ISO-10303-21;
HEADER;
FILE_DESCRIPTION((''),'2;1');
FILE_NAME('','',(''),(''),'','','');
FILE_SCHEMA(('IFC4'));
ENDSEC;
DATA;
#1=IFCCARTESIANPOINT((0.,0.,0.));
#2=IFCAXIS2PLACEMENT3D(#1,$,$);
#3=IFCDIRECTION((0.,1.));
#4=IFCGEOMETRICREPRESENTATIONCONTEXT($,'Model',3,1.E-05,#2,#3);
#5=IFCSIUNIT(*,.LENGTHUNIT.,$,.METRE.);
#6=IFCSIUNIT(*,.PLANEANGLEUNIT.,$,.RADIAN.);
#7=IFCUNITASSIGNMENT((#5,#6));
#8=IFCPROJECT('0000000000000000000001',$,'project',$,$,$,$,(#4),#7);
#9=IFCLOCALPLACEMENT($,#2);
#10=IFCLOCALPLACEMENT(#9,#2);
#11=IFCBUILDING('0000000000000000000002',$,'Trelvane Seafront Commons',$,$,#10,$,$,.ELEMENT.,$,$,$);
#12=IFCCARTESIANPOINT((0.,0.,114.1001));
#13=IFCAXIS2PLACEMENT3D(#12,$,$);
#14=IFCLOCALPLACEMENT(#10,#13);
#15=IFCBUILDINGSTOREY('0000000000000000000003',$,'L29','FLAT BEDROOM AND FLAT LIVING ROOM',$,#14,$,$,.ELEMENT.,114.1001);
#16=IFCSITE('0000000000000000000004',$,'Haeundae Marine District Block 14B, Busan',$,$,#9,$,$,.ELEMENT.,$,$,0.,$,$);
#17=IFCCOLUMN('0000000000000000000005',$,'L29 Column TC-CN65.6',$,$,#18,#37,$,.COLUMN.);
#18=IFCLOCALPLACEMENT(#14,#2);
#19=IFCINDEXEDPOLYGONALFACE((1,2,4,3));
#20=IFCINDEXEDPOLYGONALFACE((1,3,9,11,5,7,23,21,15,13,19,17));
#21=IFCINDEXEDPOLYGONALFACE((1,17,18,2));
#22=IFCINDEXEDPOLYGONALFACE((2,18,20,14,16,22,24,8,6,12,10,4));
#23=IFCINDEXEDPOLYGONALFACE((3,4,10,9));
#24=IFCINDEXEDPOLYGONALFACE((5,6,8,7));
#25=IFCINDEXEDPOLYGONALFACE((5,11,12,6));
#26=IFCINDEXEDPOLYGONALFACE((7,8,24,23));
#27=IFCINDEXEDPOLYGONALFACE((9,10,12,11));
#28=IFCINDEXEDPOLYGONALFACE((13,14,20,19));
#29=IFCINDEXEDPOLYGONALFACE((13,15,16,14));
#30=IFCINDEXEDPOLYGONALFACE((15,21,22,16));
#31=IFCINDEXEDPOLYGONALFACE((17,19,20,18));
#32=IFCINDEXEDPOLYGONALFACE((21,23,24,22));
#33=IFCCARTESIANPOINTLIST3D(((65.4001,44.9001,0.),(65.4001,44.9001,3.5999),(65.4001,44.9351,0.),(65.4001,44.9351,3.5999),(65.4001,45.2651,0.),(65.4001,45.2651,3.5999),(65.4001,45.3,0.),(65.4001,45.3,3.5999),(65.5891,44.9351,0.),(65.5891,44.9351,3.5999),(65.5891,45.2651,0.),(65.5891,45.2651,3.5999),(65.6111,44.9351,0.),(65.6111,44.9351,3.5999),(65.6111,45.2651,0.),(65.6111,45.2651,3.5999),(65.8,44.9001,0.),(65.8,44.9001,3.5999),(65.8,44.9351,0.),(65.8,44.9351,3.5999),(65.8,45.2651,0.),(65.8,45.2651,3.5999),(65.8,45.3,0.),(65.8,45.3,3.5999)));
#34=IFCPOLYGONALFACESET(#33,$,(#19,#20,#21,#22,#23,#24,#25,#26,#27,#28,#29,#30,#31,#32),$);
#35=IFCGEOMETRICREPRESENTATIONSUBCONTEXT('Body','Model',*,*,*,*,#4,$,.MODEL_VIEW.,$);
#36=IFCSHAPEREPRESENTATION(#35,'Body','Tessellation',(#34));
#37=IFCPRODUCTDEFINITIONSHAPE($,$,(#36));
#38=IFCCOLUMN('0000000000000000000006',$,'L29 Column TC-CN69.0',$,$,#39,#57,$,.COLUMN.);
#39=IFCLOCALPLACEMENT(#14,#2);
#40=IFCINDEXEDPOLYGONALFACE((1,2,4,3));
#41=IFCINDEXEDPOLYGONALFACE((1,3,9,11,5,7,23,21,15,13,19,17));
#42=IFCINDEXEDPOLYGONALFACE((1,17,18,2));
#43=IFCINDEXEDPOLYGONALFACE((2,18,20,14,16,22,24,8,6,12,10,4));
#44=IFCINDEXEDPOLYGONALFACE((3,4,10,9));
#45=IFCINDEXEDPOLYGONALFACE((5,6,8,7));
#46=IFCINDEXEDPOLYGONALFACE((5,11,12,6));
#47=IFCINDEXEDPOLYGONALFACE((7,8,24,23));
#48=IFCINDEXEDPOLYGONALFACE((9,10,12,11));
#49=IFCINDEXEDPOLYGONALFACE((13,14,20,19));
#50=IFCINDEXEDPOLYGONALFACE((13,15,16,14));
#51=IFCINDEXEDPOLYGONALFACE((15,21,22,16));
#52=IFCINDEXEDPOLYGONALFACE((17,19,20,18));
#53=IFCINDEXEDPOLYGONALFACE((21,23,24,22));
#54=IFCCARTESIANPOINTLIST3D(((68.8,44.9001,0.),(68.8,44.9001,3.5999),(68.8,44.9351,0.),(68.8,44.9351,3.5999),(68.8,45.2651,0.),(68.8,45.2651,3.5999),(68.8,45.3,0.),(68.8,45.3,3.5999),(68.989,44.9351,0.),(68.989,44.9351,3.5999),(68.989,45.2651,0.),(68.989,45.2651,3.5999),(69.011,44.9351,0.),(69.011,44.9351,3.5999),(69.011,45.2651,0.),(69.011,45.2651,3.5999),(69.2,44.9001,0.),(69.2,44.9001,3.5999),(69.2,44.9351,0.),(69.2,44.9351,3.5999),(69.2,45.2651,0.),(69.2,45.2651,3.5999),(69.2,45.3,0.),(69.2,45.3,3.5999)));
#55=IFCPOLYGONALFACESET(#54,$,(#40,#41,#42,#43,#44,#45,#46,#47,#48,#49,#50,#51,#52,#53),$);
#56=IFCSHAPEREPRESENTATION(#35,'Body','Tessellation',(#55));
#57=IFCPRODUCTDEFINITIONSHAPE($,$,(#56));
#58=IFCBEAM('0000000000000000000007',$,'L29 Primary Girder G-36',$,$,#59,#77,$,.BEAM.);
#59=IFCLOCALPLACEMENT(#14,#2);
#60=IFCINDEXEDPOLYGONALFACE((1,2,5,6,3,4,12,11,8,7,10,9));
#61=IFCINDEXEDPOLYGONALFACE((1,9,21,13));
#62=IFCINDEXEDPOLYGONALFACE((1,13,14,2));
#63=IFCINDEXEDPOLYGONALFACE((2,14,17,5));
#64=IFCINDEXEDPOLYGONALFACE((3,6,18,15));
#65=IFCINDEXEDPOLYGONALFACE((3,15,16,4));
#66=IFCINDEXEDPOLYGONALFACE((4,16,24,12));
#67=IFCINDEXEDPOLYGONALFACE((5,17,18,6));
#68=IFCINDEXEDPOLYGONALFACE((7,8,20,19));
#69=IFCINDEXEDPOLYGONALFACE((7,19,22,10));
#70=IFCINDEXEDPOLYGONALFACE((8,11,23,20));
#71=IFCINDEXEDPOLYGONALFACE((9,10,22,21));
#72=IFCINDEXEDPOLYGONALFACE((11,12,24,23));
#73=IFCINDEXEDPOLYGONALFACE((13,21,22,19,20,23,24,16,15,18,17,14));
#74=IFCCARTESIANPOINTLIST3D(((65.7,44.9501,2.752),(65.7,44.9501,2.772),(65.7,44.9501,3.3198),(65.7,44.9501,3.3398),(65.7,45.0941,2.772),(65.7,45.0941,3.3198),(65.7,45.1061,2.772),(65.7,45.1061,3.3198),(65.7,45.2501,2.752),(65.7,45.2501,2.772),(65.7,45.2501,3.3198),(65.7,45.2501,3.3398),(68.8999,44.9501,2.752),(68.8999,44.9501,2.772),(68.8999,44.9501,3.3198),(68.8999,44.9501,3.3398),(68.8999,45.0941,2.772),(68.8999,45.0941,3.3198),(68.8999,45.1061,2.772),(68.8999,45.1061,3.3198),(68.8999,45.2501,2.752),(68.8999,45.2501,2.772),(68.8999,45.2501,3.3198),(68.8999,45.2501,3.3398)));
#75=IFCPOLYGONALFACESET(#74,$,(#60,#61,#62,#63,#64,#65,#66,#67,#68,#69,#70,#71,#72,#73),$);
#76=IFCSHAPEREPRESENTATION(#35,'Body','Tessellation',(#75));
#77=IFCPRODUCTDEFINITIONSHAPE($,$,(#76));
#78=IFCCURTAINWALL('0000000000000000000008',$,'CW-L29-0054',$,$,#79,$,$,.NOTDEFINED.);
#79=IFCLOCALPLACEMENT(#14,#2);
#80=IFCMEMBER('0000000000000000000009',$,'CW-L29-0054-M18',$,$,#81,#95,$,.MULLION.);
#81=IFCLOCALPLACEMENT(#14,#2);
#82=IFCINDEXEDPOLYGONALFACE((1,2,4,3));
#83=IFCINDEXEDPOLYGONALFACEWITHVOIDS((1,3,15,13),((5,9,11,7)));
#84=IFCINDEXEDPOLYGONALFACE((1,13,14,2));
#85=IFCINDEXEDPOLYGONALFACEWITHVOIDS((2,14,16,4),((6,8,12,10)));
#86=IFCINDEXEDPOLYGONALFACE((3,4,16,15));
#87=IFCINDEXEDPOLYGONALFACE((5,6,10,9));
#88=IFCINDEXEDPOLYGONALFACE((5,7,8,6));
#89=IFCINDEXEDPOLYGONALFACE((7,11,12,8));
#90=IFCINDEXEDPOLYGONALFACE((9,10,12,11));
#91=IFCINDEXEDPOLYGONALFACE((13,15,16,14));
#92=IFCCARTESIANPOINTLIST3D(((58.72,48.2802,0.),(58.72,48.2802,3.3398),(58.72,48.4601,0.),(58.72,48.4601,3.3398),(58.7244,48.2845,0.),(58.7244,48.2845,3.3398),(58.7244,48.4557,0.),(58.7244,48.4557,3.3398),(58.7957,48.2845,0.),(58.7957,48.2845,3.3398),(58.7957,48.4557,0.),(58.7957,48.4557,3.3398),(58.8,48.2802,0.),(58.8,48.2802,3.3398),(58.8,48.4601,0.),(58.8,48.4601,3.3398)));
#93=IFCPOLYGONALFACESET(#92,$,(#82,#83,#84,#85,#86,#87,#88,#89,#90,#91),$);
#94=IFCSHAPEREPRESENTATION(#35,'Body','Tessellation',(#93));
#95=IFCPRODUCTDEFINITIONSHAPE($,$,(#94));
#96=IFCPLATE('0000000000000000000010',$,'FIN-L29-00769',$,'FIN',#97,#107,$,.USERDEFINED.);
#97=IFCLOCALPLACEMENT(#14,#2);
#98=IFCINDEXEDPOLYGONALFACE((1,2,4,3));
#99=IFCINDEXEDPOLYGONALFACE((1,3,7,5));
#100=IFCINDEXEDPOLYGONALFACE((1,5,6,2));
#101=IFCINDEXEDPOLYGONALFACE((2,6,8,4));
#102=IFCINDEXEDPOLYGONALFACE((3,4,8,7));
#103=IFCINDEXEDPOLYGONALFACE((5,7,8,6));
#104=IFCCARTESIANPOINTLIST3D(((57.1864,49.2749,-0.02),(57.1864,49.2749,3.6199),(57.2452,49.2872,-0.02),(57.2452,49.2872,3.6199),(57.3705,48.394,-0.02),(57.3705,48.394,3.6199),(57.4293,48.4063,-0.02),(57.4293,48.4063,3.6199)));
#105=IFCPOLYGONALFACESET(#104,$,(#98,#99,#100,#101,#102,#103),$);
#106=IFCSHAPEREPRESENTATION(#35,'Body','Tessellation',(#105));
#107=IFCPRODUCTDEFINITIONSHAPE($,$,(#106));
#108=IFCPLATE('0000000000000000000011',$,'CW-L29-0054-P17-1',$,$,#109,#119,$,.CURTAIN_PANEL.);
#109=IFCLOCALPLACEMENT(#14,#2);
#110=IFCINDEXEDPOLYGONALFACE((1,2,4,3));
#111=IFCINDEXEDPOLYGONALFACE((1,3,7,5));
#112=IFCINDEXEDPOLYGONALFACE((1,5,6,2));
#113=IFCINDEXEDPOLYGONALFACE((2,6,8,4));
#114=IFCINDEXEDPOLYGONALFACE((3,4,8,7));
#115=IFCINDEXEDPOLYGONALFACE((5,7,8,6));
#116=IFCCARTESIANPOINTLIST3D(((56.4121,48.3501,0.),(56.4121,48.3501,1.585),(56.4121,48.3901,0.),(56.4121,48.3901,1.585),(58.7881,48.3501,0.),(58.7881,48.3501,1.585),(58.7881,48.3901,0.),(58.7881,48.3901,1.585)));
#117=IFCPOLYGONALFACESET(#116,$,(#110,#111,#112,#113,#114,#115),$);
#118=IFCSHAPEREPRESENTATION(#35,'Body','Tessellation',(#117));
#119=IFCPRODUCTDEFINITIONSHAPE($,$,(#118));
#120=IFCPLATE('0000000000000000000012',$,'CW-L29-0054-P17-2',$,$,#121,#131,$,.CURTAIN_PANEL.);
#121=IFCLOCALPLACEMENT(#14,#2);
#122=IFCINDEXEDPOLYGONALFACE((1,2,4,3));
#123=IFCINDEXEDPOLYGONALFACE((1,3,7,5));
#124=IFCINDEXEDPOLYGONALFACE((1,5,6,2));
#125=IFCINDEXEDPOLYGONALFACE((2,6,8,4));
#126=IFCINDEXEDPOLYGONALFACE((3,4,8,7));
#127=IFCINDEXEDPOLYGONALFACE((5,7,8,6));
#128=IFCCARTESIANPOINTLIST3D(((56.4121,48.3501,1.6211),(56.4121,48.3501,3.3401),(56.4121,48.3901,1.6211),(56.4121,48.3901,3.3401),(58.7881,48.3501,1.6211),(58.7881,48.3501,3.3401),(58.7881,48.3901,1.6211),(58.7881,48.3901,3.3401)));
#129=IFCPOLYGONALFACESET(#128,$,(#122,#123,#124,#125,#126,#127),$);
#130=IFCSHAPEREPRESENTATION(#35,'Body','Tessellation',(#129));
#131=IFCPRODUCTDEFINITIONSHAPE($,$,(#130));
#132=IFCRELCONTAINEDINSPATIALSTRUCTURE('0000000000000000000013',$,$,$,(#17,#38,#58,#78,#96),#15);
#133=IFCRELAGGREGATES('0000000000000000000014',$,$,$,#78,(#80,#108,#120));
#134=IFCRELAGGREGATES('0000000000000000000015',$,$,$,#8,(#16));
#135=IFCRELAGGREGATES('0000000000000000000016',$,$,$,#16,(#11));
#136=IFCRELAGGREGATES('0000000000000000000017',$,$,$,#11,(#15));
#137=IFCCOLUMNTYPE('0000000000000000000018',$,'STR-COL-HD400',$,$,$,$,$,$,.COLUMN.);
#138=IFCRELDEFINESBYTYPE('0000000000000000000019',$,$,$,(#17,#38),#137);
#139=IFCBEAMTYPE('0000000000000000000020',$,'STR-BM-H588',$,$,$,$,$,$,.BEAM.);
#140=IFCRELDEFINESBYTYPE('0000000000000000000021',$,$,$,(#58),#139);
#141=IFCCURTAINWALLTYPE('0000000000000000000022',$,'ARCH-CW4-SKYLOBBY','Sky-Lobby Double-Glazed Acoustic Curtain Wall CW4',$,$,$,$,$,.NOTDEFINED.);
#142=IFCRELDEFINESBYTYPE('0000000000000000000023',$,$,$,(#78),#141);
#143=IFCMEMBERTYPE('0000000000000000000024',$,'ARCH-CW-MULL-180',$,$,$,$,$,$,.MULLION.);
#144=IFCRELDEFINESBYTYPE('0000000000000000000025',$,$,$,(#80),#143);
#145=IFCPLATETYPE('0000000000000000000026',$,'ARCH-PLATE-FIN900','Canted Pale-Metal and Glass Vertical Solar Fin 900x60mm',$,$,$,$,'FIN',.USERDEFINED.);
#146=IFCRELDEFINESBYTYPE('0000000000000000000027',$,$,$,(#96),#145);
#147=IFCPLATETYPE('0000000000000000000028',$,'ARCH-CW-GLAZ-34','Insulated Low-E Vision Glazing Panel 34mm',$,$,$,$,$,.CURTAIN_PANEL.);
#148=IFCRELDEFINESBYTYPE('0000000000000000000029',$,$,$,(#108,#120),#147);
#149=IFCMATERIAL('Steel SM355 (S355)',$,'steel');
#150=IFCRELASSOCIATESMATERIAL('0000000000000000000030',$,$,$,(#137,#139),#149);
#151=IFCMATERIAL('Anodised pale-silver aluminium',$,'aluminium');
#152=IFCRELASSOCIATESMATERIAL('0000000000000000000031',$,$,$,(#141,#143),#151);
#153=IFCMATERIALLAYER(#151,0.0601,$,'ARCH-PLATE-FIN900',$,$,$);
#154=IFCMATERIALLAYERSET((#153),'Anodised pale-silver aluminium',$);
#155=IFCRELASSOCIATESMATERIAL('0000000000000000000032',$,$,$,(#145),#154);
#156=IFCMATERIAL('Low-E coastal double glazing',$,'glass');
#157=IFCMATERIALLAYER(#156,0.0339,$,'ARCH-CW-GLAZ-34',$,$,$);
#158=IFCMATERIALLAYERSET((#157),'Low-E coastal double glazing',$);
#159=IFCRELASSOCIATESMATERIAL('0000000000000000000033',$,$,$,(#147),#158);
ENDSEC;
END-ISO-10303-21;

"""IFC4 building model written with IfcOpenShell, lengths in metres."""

from ifc_helpers import new_model, si_unit, direction, frame, origin, origin_2d, place, context, subcontext, project, spatial, rectangle, hollow_rectangle, i_section, extrude, source, transform, mapped, material, layer, layer_set, material_profile, profile_set, type_object, element, aggregate, save


model = new_model("IFC4")

# Units and contexts
model_context = context("Model", 3, precision=1e-05, world=origin(), true_north=direction((0.0, 1.0)))
body_context = subcontext(model_context, "Body", "Model", "MODEL_VIEW")
ifc_project = project(units=[si_unit("LENGTHUNIT", "METRE"), si_unit("PLANEANGLEUNIT", "RADIAN")], contexts=[model_context])

# Site, building, storey
site_placement = place(None, origin())
site = spatial("IfcSite", under=ifc_project, at=site_placement, Name="Haeundae Marine District Block 14B, Busan", CompositionType="ELEMENT", RefElevation=0.0)
building_placement = place(site_placement, origin())
building = spatial("IfcBuilding", under=site, at=building_placement, Name="Trelvane Seafront Commons", CompositionType="ELEMENT")
storey_placement = place(building_placement, frame((0.0, 0.0, 114.1001)))
storey = spatial("IfcBuildingStorey", under=building, at=storey_placement, Name="L29", Description="FLAT BEDROOM AND FLAT LIVING ROOM", CompositionType="ELEMENT", Elevation=114.1001)

# Columns
ifc_material_1 = material(Name="Steel SM355 (S355)", Category="steel")
ifc_material_profile_1 = material_profile(ifc_material_1, i_section(OverallWidth=0.3999, OverallDepth=0.3999, WebThickness=0.022, FlangeThickness=0.0349, at=origin_2d()), Name="HD-400x400x22x35")
ifc_profile_set_1 = profile_set([ifc_material_profile_1], Name="Steel SM355 (S355)")
column_type = type_object("IfcColumnType", Name="STR-COL-HD400", PredefinedType="COLUMN", material=ifc_profile_set_1)
shared_shape_1 = source(origin(), body_context, "Body", "SweptSolid", [
    extrude(i_section(OverallWidth=0.3999, OverallDepth=0.3999, WebThickness=0.022, FlangeThickness=0.0349, at=origin_2d()), origin(), (0.0, 0.0, 1.0), 3.5999),
])
for number, where, z_axis, x_axis, name in (
    (1, (65.6001, 45.1001, 0.0), (0.0, 0.0, 1.0), (1.0, 0.0, 0.0), "L29 Column TC-CN65.6"),
    (2, (69.0, 45.1001, 0.0), (0.0, 0.0, 1.0), (1.0, 0.0, 0.0), "L29 Column TC-CN69.0"),
):
    element("IfcColumn", number, at=place(storey_placement, frame(where, z_axis=z_axis, x_axis=x_axis)), inside=storey, type_object=column_type, Name=name, PredefinedType="COLUMN", context=body_context, shape_type="MappedRepresentation", body=[
        mapped(shared_shape_1, transform((0.0, 0.0, 0.0), x_axis=(1.0, 0.0, 0.0), y_axis=(0.0, 1.0, 0.0), z_axis=(0.0, 0.0, 1.0), scale=1.0)),
    ])

# Beam
ifc_material_profile_2 = material_profile(ifc_material_1, i_section(OverallWidth=0.3, OverallDepth=0.5879, WebThickness=0.012, FlangeThickness=0.02, at=origin_2d()), Name="H-588x300x12x20")
ifc_profile_set_2 = profile_set([ifc_material_profile_2], Name="Steel SM355 (S355)")
beam_type = type_object("IfcBeamType", Name="STR-BM-H588", PredefinedType="BEAM", material=ifc_profile_set_2)
shared_shape_2 = source(origin(), body_context, "Body", "SweptSolid", [
    extrude(i_section(OverallWidth=0.3, OverallDepth=0.5879, WebThickness=0.012, FlangeThickness=0.02, at=origin_2d()), origin(), (0.0, 0.0, 1.0), 3.2),
])
beam_placement = place(storey_placement, frame((65.7, 45.1001, 3.0459), z_axis=(1.0, 0.0, 0.0), x_axis=(0.0, 1.0, 0.0)))
element("IfcBeam", 3, at=beam_placement, inside=storey, type_object=beam_type, Name="L29 Primary Girder G-36", PredefinedType="BEAM", context=body_context, shape_type="MappedRepresentation", body=[
    mapped(shared_shape_2, transform((0.0, 0.0, 0.0), x_axis=(1.0, 0.0, 0.0), y_axis=(0.0, 1.0, 0.0), z_axis=(0.0, 0.0, 1.0), scale=1.0)),
])

# Curtain wall, member
ifc_material_2 = material(Name="Anodised pale-silver aluminium", Category="aluminium")
curtain_wall_type = type_object("IfcCurtainWallType", Name="ARCH-CW4-SKYLOBBY", Description="Sky-Lobby Double-Glazed Acoustic Curtain Wall CW4", PredefinedType="NOTDEFINED", material=ifc_material_2)
curtain_wall_placement = place(storey_placement, origin())
curtain_wall = element("IfcCurtainWall", 4, at=curtain_wall_placement, inside=storey, type_object=curtain_wall_type, Name="CW-L29-0054", PredefinedType="NOTDEFINED")
ifc_material_profile_3 = material_profile(ifc_material_2, hollow_rectangle(XDim=0.0801, YDim=0.1799, WallThickness=0.0044, at=origin_2d()), Name="MULL-80x180x4.5")
ifc_profile_set_3 = profile_set([ifc_material_profile_3], Name="Anodised pale-silver aluminium")
member_type = type_object("IfcMemberType", Name="ARCH-CW-MULL-180", PredefinedType="MULLION", material=ifc_profile_set_3)
shared_shape_3 = source(origin(), body_context, "Body", "SweptSolid", [
    extrude(hollow_rectangle(XDim=0.0801, YDim=0.1799, WallThickness=0.0044, at=origin_2d()), origin(), (0.0, 0.0, 1.0), 3.3398),
])
member_placement = place(storey_placement, frame((58.76, 48.3701, 0.0), z_axis=(0.0, 0.0, 1.0), x_axis=(1.0, 0.0, 0.0)))
member = element("IfcMember", 5, at=member_placement, type_object=member_type, Name="CW-L29-0054-M18", PredefinedType="MULLION", context=body_context, shape_type="MappedRepresentation", body=[
    mapped(shared_shape_3, transform((0.0, 0.0, 0.0), x_axis=(1.0, 0.0, 0.0), y_axis=(0.0, 1.0, 0.0), z_axis=(0.0, 0.0, 1.0), scale=1.0)),
])

# Plates
ifc_layer_1 = layer(ifc_material_2, 0.0601, Name="ARCH-PLATE-FIN900")
ifc_layer_set_1 = layer_set([ifc_layer_1], Name="Anodised pale-silver aluminium")
plate_type_1 = type_object("IfcPlateType", Name="ARCH-PLATE-FIN900", Description="Canted Pale-Metal and Glass Vertical Solar Fin 900x60mm", ElementType="FIN", PredefinedType="USERDEFINED", material=ifc_layer_set_1)
shared_shape_4 = source(origin(), body_context, "Body", "SweptSolid", [
    extrude(rectangle(XDim=0.8999, YDim=0.0601, at=origin_2d()), origin(), (0.0, 0.0, 1.0), 3.6399),
])
plate_1_placement = place(storey_placement, frame((57.3079, 48.8406, -0.02), z_axis=(0.0, 0.0, 1.0), x_axis=(-0.204549, 0.978856, 0.0)))
element("IfcPlate", 6, at=plate_1_placement, inside=storey, type_object=plate_type_1, Name="FIN-L29-00769", ObjectType="FIN", PredefinedType="USERDEFINED", context=body_context, shape_type="MappedRepresentation", body=[
    mapped(shared_shape_4, transform((0.0, 0.0, 0.0), x_axis=(1.0, 0.0, 0.0), y_axis=(0.0, 1.0, 0.0), z_axis=(0.0, 0.0, 1.0), scale=1.0)),
])
ifc_material_3 = material(Name="Low-E coastal double glazing", Category="glass")
ifc_layer_2 = layer(ifc_material_3, 0.0339, Name="ARCH-CW-GLAZ-34")
ifc_layer_set_2 = layer_set([ifc_layer_2], Name="Low-E coastal double glazing")
plate_type_2 = type_object("IfcPlateType", Name="ARCH-CW-GLAZ-34", Description="Insulated Low-E Vision Glazing Panel 34mm", PredefinedType="CURTAIN_PANEL", material=ifc_layer_set_2)
shared_shape_5 = source(origin(), body_context, "Body", "SweptSolid", [
    extrude(rectangle(XDim=2.376, YDim=0.04, at=origin_2d()), origin(), (0.0, 0.0, 1.0), 1.585),
])
plate_2_placement = place(storey_placement, frame((57.6001, 48.3701, 0.0), z_axis=(0.0, 0.0, 1.0), x_axis=(1.0, 0.0, 0.0)))
plate_2 = element("IfcPlate", 7, at=plate_2_placement, type_object=plate_type_2, Name="CW-L29-0054-P17-1", PredefinedType="CURTAIN_PANEL", context=body_context, shape_type="MappedRepresentation", body=[
    mapped(shared_shape_5, transform((0.0, 0.0, 0.0), x_axis=(1.0, 0.0, 0.0), y_axis=(0.0, 1.0, 0.0), z_axis=(0.0, 0.0, 1.0), scale=1.0)),
])
shared_shape_6 = source(origin(), body_context, "Body", "SweptSolid", [
    extrude(rectangle(XDim=2.376, YDim=0.04, at=origin_2d()), origin(), (0.0, 0.0, 1.0), 1.719),
])
plate_3_placement = place(storey_placement, frame((57.6001, 48.3701, 1.6211), z_axis=(0.0, 0.0, 1.0), x_axis=(1.0, 0.0, 0.0)))
plate_3 = element("IfcPlate", 8, at=plate_3_placement, type_object=plate_type_2, Name="CW-L29-0054-P17-2", PredefinedType="CURTAIN_PANEL", context=body_context, shape_type="MappedRepresentation", body=[
    mapped(shared_shape_6, transform((0.0, 0.0, 0.0), x_axis=(1.0, 0.0, 0.0), y_axis=(0.0, 1.0, 0.0), z_axis=(0.0, 0.0, 1.0), scale=1.0)),
])
aggregate(curtain_wall, [member, plate_2, plate_3])

save(model, "model.ifc")
